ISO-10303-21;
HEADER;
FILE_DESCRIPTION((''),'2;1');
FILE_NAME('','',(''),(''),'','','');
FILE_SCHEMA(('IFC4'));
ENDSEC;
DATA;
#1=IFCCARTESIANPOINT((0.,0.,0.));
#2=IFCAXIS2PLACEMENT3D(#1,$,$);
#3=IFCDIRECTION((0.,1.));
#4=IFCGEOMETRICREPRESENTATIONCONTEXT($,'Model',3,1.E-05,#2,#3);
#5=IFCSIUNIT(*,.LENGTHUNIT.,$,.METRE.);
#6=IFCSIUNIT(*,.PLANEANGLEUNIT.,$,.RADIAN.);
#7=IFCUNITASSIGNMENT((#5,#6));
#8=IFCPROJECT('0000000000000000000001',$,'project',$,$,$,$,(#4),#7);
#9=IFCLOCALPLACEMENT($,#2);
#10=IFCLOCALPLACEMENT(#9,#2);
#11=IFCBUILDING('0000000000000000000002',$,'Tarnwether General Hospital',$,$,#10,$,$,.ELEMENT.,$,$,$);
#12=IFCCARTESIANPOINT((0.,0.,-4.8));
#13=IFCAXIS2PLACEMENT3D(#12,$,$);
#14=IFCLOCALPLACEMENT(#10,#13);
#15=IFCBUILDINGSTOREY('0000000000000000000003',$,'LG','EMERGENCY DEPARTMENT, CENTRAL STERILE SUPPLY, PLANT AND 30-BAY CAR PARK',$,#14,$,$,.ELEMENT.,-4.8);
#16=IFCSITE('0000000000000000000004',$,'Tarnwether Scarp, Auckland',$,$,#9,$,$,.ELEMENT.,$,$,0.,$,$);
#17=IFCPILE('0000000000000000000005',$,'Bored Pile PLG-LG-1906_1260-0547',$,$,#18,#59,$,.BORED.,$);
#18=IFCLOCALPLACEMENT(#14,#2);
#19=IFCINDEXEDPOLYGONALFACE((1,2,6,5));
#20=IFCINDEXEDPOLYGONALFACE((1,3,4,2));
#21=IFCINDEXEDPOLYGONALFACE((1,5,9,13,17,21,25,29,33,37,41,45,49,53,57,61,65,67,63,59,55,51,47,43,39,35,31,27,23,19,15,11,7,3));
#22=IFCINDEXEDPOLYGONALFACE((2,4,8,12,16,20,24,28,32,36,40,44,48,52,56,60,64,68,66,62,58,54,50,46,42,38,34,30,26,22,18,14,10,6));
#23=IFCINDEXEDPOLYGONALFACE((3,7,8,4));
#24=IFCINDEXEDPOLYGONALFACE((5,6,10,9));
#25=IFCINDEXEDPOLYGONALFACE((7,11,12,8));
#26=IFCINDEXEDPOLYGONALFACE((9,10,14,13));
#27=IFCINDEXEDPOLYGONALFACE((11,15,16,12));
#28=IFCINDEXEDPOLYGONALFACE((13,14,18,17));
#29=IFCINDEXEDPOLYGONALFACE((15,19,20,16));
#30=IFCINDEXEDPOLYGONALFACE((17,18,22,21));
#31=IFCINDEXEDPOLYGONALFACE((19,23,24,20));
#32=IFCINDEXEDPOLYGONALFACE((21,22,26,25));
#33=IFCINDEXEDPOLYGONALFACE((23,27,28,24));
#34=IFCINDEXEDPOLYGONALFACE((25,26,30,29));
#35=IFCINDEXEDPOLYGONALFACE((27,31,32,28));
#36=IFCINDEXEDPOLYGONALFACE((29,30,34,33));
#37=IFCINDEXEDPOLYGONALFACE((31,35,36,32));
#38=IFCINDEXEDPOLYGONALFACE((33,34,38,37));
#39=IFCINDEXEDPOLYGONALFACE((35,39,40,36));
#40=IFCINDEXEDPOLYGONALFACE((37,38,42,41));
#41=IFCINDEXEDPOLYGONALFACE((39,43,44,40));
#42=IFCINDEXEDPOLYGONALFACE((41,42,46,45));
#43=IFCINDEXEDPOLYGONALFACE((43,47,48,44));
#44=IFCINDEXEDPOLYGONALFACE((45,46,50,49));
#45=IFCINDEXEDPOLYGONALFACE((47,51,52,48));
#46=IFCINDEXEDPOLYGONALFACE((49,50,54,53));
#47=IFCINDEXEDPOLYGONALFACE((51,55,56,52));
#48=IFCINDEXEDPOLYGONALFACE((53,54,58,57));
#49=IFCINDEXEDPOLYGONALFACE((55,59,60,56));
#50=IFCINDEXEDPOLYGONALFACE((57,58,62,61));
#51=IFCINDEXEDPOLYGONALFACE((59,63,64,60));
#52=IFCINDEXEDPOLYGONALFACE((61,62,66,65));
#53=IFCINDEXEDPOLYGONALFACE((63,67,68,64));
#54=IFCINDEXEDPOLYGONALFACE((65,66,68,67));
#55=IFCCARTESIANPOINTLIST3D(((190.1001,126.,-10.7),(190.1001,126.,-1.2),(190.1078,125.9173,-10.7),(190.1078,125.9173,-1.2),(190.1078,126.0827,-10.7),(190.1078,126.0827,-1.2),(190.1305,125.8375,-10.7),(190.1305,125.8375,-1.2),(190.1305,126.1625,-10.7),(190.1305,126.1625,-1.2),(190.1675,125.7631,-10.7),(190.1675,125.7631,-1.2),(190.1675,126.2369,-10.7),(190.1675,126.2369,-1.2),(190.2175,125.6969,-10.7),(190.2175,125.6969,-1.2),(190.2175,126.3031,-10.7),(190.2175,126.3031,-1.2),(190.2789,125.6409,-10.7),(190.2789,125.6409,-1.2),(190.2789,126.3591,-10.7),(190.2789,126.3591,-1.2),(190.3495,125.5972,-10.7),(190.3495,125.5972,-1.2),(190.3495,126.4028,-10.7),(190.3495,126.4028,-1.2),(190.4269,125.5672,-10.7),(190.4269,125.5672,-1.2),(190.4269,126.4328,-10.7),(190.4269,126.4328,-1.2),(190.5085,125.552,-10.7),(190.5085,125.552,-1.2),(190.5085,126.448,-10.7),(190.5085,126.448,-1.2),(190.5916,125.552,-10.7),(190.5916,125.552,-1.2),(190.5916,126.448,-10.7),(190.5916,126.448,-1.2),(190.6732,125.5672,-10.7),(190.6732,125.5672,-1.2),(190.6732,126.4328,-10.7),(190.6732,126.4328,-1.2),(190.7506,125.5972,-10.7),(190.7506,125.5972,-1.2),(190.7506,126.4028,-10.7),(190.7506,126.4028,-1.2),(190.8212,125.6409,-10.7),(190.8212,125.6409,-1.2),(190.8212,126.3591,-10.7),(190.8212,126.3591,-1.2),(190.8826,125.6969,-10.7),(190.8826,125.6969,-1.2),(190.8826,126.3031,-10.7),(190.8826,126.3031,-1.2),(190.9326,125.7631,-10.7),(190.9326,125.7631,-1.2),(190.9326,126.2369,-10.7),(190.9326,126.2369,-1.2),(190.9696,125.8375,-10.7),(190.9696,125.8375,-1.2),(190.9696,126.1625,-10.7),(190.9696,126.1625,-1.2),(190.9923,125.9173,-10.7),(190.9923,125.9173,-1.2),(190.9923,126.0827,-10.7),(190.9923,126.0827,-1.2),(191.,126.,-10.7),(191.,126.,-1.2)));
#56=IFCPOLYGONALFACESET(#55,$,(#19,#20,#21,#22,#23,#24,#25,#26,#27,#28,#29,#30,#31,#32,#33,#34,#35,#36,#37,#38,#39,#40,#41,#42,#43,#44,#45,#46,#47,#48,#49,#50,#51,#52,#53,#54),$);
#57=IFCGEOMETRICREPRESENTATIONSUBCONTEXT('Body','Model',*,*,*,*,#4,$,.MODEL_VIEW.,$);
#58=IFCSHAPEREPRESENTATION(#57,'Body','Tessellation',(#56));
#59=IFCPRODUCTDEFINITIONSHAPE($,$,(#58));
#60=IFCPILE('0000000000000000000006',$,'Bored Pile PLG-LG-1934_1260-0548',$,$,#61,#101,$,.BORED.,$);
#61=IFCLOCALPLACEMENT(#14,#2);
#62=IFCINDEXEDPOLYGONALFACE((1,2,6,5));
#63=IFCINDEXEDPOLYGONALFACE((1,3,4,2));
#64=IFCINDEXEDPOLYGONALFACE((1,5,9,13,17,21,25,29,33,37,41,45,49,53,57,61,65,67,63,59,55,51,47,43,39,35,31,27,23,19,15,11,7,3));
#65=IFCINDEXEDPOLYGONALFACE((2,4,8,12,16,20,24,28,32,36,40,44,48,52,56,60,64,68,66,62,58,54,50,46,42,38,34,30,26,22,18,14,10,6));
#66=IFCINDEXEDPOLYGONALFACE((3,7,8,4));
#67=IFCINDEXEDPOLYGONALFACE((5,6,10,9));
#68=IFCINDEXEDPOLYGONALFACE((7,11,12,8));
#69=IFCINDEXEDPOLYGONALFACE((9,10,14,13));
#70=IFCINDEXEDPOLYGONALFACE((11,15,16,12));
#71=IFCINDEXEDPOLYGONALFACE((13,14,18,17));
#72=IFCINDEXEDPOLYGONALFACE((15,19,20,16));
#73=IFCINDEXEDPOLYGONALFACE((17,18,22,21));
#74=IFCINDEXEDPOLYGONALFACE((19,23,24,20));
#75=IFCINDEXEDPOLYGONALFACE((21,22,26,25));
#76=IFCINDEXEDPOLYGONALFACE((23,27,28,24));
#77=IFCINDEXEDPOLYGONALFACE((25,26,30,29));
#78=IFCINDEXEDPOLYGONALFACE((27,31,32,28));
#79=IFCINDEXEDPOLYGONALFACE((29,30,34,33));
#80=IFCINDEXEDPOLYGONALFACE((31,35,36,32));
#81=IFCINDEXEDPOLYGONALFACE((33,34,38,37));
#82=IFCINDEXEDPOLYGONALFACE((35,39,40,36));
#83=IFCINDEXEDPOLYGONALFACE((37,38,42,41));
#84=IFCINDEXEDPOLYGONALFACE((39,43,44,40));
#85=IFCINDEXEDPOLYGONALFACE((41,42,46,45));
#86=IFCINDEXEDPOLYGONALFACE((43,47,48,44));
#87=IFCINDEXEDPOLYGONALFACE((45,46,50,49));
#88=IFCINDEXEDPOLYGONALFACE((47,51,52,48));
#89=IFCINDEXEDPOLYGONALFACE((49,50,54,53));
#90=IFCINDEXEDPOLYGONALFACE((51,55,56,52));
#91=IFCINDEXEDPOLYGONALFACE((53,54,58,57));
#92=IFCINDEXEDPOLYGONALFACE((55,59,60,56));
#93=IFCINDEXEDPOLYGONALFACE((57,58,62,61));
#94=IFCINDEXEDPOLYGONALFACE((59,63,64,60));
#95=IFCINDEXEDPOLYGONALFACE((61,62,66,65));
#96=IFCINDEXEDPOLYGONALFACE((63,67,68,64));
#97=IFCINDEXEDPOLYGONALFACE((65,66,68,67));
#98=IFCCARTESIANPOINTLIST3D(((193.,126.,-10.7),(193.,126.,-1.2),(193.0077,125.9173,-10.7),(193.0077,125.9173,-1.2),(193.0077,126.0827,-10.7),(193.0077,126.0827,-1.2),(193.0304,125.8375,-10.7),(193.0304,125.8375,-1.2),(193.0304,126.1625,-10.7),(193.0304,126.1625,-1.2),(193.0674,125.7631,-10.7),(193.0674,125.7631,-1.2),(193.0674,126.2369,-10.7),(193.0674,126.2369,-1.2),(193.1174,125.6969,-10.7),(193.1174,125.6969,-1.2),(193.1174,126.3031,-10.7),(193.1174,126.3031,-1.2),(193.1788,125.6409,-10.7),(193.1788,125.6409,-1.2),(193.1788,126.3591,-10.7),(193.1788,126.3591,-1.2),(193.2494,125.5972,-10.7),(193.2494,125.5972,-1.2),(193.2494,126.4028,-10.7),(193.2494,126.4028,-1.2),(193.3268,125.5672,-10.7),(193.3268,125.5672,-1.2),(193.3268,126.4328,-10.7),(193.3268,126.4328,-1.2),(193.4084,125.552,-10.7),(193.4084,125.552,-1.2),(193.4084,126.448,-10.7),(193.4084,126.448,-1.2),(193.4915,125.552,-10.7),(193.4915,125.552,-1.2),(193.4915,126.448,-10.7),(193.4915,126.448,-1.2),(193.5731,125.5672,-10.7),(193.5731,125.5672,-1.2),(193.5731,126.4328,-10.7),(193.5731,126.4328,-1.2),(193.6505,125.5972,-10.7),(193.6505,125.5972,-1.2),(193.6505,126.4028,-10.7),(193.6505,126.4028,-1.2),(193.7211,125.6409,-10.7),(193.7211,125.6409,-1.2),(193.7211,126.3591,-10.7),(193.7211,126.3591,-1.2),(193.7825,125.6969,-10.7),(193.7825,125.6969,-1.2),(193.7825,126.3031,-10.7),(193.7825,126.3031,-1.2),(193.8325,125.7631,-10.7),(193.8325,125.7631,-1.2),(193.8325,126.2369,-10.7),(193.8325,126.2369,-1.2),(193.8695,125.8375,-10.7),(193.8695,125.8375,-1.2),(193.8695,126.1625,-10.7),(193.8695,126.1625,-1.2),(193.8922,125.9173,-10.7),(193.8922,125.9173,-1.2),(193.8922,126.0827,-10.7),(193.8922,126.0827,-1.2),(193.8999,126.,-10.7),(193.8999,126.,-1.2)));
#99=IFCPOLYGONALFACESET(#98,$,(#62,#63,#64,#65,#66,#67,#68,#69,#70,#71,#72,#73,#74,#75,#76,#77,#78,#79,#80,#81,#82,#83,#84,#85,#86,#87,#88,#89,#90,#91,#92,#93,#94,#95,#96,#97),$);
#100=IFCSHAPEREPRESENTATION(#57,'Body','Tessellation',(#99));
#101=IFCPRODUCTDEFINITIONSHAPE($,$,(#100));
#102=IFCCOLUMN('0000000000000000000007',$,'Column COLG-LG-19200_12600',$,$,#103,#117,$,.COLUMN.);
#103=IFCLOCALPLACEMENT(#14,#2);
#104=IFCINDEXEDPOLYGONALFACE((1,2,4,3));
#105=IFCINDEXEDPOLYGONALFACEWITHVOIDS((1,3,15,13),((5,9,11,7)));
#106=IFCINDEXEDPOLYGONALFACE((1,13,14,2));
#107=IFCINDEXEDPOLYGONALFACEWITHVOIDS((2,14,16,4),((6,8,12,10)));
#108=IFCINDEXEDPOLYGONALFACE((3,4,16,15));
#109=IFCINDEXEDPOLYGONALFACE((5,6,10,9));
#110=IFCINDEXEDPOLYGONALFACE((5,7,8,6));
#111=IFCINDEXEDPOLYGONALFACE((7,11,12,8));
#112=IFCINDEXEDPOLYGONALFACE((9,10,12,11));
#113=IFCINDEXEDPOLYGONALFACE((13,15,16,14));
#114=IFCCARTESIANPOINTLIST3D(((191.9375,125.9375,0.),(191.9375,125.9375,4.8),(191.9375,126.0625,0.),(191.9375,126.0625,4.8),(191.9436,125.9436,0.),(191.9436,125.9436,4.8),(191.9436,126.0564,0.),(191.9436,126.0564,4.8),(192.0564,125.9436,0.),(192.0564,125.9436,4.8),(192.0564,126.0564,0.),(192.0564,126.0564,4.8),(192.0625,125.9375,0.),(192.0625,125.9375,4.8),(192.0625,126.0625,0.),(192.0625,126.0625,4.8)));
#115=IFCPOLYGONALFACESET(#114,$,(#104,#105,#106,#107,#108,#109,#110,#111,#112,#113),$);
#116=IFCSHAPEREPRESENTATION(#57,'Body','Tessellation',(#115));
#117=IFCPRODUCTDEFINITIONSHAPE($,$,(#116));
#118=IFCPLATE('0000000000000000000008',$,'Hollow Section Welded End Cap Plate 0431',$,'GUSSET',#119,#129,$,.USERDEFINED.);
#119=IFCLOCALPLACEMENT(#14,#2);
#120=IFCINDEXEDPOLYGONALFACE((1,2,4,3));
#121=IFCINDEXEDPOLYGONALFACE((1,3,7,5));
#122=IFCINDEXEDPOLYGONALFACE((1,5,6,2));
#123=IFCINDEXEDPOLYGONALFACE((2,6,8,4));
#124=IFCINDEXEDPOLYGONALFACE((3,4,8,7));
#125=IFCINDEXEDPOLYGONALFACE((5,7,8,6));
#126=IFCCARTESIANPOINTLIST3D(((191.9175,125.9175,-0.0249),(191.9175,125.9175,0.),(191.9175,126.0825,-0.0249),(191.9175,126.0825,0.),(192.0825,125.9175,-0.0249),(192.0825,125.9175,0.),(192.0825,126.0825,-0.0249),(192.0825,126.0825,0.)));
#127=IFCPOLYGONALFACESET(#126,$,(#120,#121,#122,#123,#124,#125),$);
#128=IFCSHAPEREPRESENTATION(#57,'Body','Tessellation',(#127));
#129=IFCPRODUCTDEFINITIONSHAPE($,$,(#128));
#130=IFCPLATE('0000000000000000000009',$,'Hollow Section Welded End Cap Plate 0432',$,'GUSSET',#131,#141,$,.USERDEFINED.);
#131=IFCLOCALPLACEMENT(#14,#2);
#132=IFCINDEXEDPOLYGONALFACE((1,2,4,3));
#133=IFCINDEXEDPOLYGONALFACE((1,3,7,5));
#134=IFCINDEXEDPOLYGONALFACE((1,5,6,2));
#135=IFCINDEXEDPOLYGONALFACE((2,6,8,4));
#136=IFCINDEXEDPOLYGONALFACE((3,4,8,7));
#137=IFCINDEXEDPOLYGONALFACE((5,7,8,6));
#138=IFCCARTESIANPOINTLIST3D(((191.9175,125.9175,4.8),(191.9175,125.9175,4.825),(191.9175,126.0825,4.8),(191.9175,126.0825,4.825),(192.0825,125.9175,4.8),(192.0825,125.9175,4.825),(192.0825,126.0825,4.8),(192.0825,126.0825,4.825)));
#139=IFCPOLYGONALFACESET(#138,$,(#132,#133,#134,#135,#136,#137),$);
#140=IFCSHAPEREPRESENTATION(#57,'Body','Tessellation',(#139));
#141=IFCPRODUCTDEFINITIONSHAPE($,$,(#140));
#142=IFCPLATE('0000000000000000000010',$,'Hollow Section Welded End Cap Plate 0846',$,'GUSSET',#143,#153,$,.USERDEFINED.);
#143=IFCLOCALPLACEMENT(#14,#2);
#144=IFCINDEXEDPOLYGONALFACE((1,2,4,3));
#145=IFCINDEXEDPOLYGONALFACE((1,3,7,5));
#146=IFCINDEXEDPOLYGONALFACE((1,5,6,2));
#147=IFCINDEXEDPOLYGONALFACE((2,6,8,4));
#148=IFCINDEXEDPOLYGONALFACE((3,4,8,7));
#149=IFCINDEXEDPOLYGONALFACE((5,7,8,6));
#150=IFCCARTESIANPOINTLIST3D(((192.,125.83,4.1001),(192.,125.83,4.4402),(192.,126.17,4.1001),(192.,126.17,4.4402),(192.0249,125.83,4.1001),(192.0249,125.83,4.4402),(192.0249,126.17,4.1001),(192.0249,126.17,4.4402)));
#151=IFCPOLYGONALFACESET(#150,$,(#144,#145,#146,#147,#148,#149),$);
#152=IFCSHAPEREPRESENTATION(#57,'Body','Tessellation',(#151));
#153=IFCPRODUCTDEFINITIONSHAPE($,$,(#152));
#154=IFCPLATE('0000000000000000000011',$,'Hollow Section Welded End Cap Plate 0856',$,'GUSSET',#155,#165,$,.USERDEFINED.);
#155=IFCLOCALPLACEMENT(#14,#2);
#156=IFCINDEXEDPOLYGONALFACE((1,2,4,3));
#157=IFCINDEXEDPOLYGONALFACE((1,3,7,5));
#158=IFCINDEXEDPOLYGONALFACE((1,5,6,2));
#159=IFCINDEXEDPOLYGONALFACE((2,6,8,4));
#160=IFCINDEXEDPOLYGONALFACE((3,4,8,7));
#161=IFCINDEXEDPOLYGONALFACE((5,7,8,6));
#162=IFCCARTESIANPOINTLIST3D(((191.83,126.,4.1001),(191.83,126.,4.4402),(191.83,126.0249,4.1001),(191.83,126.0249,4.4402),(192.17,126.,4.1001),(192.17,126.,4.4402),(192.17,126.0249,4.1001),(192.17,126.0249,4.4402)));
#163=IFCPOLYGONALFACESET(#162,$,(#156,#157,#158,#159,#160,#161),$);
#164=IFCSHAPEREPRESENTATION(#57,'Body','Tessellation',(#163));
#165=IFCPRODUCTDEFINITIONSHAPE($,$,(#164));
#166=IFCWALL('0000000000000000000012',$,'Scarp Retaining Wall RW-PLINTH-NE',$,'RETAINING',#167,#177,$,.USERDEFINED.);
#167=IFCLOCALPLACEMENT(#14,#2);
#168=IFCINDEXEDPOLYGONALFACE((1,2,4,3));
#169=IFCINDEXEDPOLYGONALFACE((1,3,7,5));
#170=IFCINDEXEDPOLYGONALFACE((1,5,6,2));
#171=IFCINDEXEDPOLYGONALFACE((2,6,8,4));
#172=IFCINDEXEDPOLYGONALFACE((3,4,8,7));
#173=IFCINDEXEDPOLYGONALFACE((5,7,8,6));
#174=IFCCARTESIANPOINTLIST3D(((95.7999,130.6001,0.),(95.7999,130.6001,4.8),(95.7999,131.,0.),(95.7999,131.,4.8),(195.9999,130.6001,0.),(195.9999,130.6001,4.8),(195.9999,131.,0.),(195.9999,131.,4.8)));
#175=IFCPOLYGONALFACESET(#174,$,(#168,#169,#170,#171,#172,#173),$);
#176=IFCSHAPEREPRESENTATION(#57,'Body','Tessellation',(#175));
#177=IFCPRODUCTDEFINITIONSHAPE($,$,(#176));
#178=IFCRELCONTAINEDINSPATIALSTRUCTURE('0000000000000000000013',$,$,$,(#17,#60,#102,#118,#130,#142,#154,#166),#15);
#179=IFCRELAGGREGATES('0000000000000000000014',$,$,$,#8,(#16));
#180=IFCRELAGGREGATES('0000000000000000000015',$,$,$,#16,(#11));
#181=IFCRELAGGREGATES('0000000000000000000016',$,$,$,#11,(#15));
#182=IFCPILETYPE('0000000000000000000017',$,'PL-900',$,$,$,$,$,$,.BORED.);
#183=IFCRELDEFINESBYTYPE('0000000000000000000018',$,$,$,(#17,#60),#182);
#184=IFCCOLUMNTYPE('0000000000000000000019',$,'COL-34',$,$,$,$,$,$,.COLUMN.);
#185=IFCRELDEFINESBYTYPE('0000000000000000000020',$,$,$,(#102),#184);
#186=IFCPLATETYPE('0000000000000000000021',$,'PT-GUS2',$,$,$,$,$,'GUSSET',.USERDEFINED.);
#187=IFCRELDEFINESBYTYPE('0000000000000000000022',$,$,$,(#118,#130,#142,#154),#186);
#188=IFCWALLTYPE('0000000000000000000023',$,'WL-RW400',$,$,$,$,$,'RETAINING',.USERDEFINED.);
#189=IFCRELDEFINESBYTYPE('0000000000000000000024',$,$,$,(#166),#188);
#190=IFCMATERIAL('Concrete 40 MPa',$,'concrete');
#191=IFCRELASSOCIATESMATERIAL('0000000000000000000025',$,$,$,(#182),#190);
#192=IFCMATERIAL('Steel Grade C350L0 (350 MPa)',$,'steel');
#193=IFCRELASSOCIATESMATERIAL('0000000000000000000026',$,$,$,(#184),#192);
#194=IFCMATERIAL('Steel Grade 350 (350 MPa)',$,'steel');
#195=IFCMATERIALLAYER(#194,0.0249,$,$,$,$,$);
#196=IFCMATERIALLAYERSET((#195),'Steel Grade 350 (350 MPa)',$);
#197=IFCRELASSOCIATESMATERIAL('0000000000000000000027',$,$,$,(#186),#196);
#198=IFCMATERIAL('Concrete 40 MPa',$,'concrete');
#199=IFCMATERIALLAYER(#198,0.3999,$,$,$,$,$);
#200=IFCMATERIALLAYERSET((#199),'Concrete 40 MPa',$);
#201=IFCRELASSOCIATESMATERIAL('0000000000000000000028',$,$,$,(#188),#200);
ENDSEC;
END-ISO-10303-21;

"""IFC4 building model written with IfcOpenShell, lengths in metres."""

from ifc_helpers import new_model, si_unit, direction, frame, frame_2d, origin, origin_2d, place, context, subcontext, project, spatial, rectangle, hollow_rectangle, circle, extrude, material, layer, layer_set, material_profile, profile_set, type_object, element, save


model = new_model("IFC4")

# Units and contexts
model_context = context("Model", 3, precision=1e-05, world=origin(), true_north=direction((0.0, 1.0)))
body_context = subcontext(model_context, "Body", "Model", "MODEL_VIEW")
ifc_project = project(units=[si_unit("LENGTHUNIT", "METRE"), si_unit("PLANEANGLEUNIT", "RADIAN")], contexts=[model_context])

# Site, building, storey
site_placement = place(None, origin())
site = spatial("IfcSite", under=ifc_project, at=site_placement, Name="Tarnwether Scarp, Auckland", CompositionType="ELEMENT", RefElevation=0.0)
building_placement = place(site_placement, origin())
building = spatial("IfcBuilding", under=site, at=building_placement, Name="Tarnwether General Hospital", CompositionType="ELEMENT")
storey_placement = place(building_placement, frame((0.0, 0.0, -4.8)))
storey = spatial("IfcBuildingStorey", under=building, at=storey_placement, Name="LG", Description="EMERGENCY DEPARTMENT, CENTRAL STERILE SUPPLY, PLANT AND 30-BAY CAR PARK", CompositionType="ELEMENT", Elevation=-4.8)

# Piles
ifc_material_1 = material(Name="Concrete 40 MPa", Category="concrete")
ifc_material_profile_1 = material_profile(ifc_material_1, circle(Radius=0.45, at=origin_2d()), Name="PILE-D900")
ifc_profile_set_1 = profile_set([ifc_material_profile_1], Name="Concrete 40 MPa")
pile_type_1 = type_object("IfcPileType", Name="PL-900", PredefinedType="BORED", material=ifc_profile_set_1)
for number, where, z_axis, x_axis, name in (
    (1, (190.55, 126.0, -1.2), (0.0, 0.0, -1.0), (1.0, 0.0, 0.0), "Bored Pile PLG-LG-1906_1260-0547"),
    (2, (193.45, 126.0, -1.2), (0.0, 0.0, -1.0), (1.0, 0.0, 0.0), "Bored Pile PLG-LG-1934_1260-0548"),
):
    element("IfcPile", number, at=place(storey_placement, frame(where, z_axis=z_axis, x_axis=x_axis)), inside=storey, type_object=pile_type_1, Name=name, PredefinedType="BORED", context=body_context, shape_type="SweptSolid", body=[
        extrude(circle(Radius=0.45, at=origin_2d()), origin(), (0.0, 0.0, 1.0), 9.5),
    ])

# Column
ifc_material_2 = material(Name="Steel Grade C350L0 (350 MPa)", Category="steel")
ifc_material_profile_2 = material_profile(ifc_material_2, hollow_rectangle(XDim=0.125, YDim=0.125, WallThickness=0.0061, at=origin_2d()), Name="SHS125x125x6")
ifc_profile_set_2 = profile_set([ifc_material_profile_2], Name="Steel Grade C350L0 (350 MPa)")
column_type = type_object("IfcColumnType", Name="COL-34", PredefinedType="COLUMN", material=ifc_profile_set_2)
column_placement = place(storey_placement, frame((192.0, 126.0, 0.0), z_axis=(0.0, 0.0, 1.0), x_axis=(1.0, 0.0, 0.0)))
element("IfcColumn", 3, at=column_placement, inside=storey, type_object=column_type, Name="Column COLG-LG-19200_12600", PredefinedType="COLUMN", context=body_context, shape_type="SweptSolid", body=[
    extrude(hollow_rectangle(XDim=0.125, YDim=0.125, WallThickness=0.0061, at=origin_2d()), origin(), (0.0, 0.0, 1.0), 4.8),
])

# Plates
ifc_material_3 = material(Name="Steel Grade 350 (350 MPa)", Category="steel")
ifc_layer_1 = layer(ifc_material_3, 0.0249)
ifc_layer_set_1 = layer_set([ifc_layer_1], Name="Steel Grade 350 (350 MPa)")
plate_type = type_object("IfcPlateType", Name="PT-GUS2", ElementType="GUSSET", PredefinedType="USERDEFINED", material=ifc_layer_set_1)
for number, where, z_axis, x_axis, name in (
    (4, (192.0, 126.0, -0.0249), (0.0, 0.0, 1.0), (1.0, 0.0, 0.0), "Hollow Section Welded End Cap Plate 0431"),
    (5, (192.0, 126.0, 4.8), (0.0, 0.0, 1.0), (1.0, 0.0, 0.0), "Hollow Section Welded End Cap Plate 0432"),
):
    element("IfcPlate", number, at=place(storey_placement, frame(where, z_axis=z_axis, x_axis=x_axis)), inside=storey, type_object=plate_type, Name=name, ObjectType="GUSSET", PredefinedType="USERDEFINED", context=body_context, shape_type="SweptSolid", body=[
        extrude(rectangle(XDim=0.165, YDim=0.165, at=origin_2d()), origin(), (0.0, 0.0, 1.0), 0.0249),
    ])
for number, where, z_axis, x_axis, name in (
    (6, (192.0125, 126.0, 4.1001), (0.0, 0.0, 1.0), (1.0, 0.0, 0.0), "Hollow Section Welded End Cap Plate 0846"),
    (7, (192.0, 126.0125, 4.1001), (0.0, 0.0, 1.0), (0.0, 1.0, 0.0), "Hollow Section Welded End Cap Plate 0856"),
):
    element("IfcPlate", number, at=place(storey_placement, frame(where, z_axis=z_axis, x_axis=x_axis)), inside=storey, type_object=plate_type, Name=name, ObjectType="GUSSET", PredefinedType="USERDEFINED", context=body_context, shape_type="SweptSolid", body=[
        extrude(rectangle(XDim=0.0249, YDim=0.3401, at=origin_2d()), origin(), (0.0, 0.0, 1.0), 0.3401),
    ])

# Wall
ifc_material_4 = material(Name="Concrete 40 MPa", Category="concrete")
ifc_layer_2 = layer(ifc_material_4, 0.3999)
ifc_layer_set_2 = layer_set([ifc_layer_2], Name="Concrete 40 MPa")
wall_type = type_object("IfcWallType", Name="WL-RW400", ElementType="RETAINING", PredefinedType="USERDEFINED", material=ifc_layer_set_2)
wall_placement = place(storey_placement, frame((196.0, 130.8, 0.0), z_axis=(0.0, 0.0, 1.0), x_axis=(-1.0, 0.0, 0.0)))
element("IfcWall", 8, at=wall_placement, inside=storey, type_object=wall_type, Name="Scarp Retaining Wall RW-PLINTH-NE", ObjectType="RETAINING", PredefinedType="USERDEFINED", context=body_context, shape_type="SweptSolid", body=[
    extrude(rectangle(XDim=100.2, YDim=0.3999, at=frame_2d((50.1001, 0.0))), origin(), (0.0, 0.0, 1.0), 4.8),
])

save(model, "model.ifc")
